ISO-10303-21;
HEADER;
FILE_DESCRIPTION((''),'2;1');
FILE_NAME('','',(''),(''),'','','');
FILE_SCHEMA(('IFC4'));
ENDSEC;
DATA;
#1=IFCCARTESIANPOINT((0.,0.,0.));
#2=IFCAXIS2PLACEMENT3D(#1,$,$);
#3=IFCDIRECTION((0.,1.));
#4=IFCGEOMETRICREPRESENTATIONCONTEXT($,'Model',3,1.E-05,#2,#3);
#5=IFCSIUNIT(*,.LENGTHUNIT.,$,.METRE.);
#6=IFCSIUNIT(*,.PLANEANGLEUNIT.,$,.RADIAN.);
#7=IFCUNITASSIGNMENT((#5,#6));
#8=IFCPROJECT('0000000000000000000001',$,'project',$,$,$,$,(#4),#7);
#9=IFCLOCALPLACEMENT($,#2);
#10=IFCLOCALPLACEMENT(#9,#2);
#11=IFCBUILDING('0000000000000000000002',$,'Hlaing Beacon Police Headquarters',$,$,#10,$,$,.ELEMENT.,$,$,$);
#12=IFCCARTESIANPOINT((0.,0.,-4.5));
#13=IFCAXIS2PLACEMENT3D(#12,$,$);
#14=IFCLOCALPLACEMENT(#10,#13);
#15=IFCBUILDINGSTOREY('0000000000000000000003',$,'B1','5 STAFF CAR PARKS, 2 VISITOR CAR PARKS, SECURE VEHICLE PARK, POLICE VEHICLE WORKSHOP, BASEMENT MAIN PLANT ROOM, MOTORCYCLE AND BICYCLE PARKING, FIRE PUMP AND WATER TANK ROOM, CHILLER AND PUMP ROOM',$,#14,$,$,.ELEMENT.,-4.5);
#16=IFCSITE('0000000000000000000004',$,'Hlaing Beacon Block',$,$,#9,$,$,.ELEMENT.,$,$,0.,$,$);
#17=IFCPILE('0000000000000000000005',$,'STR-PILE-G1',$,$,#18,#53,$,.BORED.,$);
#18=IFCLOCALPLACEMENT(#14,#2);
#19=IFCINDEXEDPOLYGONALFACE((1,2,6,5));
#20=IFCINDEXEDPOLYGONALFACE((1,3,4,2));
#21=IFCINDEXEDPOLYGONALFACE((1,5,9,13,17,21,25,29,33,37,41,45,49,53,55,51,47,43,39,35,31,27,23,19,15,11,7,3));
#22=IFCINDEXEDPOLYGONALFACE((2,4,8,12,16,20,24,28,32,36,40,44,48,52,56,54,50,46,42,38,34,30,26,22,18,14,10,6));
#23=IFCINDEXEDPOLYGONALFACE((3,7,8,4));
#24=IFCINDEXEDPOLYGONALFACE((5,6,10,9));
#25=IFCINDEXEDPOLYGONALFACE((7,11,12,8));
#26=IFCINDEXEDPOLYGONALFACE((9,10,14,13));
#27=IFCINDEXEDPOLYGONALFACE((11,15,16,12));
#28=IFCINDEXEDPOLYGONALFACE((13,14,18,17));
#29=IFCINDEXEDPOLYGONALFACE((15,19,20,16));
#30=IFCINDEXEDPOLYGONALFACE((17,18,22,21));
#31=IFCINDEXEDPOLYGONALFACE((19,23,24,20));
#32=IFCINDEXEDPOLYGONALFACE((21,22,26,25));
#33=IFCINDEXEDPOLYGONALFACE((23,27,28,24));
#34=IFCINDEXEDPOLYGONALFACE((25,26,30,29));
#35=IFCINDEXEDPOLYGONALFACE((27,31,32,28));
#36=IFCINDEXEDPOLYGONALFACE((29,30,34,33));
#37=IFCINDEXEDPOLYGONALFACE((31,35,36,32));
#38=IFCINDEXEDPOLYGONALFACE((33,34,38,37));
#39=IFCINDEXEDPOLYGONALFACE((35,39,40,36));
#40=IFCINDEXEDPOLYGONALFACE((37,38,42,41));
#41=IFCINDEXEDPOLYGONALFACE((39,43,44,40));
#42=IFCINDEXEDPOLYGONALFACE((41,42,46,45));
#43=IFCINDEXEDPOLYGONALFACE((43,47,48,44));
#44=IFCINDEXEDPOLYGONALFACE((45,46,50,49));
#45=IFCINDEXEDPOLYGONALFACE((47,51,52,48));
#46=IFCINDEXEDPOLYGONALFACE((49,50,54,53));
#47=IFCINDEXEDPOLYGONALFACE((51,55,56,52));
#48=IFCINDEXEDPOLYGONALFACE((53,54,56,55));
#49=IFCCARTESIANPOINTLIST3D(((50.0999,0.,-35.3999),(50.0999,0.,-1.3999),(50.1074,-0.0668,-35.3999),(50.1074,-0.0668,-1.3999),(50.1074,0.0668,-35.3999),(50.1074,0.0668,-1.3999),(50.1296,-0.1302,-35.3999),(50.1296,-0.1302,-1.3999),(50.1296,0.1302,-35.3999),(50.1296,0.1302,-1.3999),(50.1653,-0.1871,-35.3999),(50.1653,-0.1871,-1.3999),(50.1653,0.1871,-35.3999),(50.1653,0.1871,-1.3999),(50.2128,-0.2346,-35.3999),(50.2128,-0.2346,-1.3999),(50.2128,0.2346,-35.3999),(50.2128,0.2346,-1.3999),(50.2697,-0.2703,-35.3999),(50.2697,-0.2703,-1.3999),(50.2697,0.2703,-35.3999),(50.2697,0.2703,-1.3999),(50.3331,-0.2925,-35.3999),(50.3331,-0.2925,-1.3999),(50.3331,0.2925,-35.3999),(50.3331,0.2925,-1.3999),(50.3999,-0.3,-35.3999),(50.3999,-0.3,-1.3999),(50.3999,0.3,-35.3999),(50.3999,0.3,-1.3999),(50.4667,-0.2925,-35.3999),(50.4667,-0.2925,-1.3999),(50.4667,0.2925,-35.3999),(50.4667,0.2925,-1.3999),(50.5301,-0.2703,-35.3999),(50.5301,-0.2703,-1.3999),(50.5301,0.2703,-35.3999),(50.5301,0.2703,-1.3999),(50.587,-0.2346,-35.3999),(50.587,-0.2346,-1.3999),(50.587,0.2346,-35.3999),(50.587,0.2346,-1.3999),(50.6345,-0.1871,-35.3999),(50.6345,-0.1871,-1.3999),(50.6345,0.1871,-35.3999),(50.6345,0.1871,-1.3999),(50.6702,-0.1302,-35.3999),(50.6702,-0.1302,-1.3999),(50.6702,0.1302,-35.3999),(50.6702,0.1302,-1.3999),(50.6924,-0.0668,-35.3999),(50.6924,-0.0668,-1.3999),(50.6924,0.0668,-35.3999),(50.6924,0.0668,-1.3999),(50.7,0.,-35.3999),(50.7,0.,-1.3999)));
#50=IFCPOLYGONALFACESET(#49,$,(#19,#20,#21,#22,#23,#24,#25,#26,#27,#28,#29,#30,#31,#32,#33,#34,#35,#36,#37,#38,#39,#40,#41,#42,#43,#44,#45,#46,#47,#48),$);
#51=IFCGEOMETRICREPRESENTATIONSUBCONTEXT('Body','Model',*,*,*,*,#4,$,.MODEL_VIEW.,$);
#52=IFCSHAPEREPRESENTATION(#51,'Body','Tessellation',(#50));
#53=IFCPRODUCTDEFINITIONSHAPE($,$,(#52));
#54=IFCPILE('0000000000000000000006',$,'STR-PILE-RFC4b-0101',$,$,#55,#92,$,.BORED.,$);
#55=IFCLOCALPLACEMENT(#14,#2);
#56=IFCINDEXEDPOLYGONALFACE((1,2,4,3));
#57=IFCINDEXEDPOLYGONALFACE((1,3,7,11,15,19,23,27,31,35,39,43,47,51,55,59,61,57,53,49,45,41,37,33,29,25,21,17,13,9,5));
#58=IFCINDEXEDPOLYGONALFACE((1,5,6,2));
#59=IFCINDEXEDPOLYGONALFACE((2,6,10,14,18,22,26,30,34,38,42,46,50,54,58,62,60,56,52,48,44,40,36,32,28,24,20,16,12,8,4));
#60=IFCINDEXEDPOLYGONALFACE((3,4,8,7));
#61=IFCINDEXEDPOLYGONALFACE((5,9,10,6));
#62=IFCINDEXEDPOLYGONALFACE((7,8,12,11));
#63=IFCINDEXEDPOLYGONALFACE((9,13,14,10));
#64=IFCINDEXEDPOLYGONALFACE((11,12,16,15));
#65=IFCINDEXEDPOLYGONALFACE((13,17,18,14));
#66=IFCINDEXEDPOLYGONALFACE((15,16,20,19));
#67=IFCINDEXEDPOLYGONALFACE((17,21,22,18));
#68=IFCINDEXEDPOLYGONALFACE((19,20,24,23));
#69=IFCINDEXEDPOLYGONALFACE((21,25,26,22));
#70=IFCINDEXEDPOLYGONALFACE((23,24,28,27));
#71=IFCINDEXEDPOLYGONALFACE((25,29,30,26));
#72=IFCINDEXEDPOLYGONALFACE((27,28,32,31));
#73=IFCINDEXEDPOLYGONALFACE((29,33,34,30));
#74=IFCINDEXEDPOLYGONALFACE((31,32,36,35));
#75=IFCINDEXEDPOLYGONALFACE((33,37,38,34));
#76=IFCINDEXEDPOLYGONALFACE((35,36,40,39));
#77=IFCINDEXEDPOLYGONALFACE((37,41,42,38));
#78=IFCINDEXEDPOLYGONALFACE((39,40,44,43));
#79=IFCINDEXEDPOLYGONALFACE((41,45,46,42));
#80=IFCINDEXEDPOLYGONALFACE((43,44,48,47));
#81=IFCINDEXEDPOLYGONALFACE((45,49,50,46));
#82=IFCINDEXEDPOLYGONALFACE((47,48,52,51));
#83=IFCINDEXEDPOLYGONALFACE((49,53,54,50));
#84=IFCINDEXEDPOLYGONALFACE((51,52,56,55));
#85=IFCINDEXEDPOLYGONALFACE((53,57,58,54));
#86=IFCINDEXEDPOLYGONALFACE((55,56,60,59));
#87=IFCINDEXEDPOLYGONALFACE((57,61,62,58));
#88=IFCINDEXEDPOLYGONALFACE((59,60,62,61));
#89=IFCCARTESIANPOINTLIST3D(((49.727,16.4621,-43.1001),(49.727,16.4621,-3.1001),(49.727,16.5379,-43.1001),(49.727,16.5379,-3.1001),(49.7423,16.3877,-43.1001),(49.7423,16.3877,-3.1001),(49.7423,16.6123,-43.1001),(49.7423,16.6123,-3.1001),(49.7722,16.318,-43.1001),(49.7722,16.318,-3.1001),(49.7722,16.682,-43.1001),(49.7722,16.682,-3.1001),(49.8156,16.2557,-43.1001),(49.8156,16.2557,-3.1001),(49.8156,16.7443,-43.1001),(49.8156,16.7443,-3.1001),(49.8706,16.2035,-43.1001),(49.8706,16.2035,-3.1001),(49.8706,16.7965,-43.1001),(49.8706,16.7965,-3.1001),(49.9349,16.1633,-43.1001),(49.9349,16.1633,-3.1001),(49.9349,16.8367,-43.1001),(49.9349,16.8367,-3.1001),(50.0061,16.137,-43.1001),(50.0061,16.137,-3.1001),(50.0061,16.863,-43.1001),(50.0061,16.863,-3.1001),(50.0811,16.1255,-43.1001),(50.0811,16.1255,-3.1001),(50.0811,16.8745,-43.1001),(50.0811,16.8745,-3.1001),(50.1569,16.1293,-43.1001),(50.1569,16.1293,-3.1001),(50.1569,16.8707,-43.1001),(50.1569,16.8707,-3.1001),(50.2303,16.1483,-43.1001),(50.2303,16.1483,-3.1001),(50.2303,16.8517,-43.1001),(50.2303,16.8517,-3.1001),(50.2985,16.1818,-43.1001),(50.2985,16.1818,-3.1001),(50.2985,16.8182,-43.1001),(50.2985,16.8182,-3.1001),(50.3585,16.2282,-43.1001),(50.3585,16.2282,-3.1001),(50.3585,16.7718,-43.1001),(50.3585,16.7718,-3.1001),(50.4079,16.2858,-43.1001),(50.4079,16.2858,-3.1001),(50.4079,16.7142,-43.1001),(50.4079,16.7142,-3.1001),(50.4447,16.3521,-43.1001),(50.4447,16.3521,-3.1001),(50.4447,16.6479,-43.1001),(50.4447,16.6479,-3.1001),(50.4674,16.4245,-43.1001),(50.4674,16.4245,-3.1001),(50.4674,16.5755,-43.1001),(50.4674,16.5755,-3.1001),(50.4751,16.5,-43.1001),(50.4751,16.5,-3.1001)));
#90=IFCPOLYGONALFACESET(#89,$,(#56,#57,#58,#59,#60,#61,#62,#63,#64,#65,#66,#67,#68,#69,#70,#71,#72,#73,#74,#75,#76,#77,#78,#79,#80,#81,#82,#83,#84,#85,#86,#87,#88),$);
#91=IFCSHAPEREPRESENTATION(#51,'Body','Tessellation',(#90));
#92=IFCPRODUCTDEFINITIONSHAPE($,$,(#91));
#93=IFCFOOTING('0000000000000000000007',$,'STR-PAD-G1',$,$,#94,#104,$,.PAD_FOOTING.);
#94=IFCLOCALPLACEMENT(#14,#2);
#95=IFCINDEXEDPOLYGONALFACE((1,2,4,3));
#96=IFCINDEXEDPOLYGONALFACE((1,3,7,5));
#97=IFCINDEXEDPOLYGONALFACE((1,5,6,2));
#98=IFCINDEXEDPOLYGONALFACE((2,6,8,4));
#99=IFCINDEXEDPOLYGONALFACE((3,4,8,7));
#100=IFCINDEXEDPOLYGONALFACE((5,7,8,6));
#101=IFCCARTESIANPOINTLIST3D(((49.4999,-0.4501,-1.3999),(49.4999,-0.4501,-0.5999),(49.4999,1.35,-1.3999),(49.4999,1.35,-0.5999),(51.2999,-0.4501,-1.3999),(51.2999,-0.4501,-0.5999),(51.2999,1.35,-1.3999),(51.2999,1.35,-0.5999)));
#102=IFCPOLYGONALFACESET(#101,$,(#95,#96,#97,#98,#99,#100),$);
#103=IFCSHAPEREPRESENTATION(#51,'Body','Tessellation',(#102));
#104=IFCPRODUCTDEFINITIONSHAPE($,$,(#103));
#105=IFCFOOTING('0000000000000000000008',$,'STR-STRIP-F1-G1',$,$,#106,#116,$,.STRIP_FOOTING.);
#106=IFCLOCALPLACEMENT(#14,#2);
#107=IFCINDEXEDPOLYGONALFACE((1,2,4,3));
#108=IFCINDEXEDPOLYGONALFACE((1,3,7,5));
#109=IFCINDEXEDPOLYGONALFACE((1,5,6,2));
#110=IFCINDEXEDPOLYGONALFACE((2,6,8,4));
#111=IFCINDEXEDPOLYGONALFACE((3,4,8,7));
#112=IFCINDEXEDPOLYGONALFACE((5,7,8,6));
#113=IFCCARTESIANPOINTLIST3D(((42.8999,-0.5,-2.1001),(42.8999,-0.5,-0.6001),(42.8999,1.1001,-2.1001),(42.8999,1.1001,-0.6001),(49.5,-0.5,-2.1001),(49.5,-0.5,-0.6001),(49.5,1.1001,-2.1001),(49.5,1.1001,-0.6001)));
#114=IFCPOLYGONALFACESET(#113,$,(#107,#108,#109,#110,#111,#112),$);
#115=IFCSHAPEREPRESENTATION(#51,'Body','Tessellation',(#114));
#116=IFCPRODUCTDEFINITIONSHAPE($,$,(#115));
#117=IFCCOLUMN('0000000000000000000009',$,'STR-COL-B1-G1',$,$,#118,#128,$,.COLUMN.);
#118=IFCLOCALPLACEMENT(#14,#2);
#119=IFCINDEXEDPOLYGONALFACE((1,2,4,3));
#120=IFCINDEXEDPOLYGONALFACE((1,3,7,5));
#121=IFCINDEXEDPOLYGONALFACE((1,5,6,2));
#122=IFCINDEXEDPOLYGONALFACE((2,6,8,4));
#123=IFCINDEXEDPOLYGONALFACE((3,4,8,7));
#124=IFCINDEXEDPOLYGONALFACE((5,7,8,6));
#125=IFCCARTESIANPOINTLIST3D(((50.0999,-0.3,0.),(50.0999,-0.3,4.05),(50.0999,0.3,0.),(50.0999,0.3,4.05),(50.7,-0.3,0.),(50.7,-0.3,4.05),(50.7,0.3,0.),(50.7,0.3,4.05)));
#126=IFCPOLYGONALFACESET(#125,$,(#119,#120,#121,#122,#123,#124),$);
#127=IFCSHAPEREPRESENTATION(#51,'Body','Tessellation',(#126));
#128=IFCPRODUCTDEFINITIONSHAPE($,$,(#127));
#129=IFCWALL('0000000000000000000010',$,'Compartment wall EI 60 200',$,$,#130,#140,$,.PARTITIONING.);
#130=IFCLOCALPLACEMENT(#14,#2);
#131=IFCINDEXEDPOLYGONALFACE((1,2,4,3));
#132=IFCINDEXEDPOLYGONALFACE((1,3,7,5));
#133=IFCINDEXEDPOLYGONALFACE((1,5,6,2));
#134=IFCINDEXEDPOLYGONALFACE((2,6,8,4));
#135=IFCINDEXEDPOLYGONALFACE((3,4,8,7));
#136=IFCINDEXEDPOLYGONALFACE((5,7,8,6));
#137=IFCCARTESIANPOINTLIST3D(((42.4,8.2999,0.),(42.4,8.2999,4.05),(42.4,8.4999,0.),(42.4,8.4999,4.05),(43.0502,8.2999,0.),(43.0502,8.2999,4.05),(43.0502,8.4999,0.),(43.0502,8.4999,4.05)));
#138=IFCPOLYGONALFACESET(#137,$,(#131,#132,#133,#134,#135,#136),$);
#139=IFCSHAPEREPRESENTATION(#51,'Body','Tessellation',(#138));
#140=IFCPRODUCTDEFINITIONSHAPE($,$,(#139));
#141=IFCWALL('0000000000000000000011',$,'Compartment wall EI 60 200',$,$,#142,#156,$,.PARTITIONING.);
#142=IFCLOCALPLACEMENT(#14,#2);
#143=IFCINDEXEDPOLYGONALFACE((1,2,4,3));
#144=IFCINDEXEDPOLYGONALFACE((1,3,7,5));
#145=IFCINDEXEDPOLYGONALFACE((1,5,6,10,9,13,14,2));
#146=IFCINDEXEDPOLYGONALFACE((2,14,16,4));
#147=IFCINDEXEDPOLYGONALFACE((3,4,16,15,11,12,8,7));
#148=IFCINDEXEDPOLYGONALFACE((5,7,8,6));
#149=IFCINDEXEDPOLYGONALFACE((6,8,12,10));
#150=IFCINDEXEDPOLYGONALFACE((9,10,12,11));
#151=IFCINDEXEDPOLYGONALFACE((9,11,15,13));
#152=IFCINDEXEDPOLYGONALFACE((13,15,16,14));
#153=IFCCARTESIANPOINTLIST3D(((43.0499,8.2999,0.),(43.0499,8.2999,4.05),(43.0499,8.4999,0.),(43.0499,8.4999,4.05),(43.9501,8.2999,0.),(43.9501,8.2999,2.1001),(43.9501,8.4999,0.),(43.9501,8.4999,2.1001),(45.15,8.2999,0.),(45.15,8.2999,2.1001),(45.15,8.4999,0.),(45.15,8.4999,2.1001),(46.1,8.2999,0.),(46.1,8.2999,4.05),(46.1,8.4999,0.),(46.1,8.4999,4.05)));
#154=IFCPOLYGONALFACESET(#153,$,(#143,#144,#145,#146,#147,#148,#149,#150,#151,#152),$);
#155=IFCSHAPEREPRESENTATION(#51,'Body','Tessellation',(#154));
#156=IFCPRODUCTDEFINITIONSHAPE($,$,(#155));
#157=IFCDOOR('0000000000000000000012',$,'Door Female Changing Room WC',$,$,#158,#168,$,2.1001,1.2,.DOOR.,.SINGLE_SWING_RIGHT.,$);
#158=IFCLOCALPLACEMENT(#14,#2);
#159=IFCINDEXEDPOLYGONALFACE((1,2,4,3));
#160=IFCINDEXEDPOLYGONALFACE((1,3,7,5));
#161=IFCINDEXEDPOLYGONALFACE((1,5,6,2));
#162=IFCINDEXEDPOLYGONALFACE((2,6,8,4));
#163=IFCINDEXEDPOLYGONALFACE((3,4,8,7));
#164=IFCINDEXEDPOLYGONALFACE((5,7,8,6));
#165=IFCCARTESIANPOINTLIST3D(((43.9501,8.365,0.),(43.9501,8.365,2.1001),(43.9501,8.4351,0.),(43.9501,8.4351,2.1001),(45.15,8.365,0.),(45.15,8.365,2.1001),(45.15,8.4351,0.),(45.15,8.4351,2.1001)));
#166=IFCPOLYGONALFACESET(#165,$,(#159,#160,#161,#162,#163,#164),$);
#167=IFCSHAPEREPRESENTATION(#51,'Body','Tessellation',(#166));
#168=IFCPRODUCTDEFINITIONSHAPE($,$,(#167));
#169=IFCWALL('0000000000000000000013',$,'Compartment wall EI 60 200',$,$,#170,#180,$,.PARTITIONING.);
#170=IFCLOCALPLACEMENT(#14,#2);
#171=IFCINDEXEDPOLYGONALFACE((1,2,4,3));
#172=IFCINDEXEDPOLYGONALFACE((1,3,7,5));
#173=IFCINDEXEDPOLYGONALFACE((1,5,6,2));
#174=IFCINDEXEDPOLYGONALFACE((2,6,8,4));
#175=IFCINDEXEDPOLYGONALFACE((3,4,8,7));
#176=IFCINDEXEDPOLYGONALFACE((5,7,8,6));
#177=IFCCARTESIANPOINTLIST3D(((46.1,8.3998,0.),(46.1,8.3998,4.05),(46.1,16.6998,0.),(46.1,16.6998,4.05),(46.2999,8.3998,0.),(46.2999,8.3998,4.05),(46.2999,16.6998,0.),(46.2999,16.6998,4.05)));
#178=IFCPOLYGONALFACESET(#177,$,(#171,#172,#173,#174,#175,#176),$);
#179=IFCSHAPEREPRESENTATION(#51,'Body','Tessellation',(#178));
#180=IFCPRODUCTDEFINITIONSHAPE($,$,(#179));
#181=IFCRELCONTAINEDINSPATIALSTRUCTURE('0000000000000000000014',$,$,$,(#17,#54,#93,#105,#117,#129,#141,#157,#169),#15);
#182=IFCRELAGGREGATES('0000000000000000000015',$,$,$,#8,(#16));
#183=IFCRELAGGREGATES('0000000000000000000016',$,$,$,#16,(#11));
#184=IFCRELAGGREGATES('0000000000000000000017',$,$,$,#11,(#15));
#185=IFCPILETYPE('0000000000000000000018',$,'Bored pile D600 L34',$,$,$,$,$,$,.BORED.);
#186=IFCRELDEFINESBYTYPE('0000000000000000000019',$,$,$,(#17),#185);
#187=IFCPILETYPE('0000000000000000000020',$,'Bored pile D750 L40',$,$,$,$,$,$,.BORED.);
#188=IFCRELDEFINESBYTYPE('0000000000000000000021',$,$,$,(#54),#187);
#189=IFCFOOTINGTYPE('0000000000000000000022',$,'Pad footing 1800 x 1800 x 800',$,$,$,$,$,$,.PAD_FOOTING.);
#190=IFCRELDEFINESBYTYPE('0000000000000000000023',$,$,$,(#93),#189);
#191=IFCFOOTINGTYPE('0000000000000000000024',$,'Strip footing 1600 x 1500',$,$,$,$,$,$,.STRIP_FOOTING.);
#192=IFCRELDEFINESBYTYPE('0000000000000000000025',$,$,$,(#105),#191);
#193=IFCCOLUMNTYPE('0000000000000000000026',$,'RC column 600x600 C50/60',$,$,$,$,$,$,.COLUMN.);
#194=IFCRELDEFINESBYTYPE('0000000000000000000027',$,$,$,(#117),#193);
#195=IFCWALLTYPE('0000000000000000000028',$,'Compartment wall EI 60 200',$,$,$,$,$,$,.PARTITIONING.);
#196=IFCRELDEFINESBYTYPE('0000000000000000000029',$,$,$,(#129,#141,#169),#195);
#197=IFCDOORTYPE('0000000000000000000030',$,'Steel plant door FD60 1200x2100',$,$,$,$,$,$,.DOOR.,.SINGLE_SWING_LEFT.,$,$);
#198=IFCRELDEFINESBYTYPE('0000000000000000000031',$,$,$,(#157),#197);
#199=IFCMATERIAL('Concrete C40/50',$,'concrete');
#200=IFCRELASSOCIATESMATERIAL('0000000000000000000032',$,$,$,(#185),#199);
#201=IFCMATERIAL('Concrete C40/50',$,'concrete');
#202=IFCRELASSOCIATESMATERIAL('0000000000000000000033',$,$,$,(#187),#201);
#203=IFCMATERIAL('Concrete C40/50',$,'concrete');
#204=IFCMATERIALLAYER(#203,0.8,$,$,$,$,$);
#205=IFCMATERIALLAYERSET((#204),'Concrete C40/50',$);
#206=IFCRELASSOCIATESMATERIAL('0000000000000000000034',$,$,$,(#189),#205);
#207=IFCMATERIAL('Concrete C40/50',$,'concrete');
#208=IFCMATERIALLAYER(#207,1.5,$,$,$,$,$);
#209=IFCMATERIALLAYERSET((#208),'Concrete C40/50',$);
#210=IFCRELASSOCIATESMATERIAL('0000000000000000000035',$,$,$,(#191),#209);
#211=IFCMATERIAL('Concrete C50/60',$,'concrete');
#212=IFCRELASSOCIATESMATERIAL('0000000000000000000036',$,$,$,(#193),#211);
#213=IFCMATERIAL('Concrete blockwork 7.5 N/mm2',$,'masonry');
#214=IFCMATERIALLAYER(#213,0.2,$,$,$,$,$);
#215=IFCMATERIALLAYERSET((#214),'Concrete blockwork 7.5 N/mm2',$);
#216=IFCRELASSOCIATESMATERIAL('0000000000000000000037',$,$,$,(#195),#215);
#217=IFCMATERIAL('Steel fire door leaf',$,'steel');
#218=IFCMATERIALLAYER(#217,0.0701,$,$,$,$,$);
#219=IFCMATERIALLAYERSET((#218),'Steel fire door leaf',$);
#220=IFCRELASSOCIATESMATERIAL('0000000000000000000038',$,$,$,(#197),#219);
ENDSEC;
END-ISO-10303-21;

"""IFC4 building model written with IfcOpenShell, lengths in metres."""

from ifc_helpers import new_model, si_unit, direction, frame, frame_2d, origin, origin_2d, place, context, subcontext, project, spatial, rectangle, circle, extrude, material, layer, layer_set, material_profile, profile_set, type_object, element, fill, save


model = new_model("IFC4")

# Units and contexts
model_context = context("Model", 3, precision=1e-05, world=origin(), true_north=direction((0.0, 1.0)))
body_context = subcontext(model_context, "Body", "Model", "MODEL_VIEW")
ifc_project = project(units=[si_unit("LENGTHUNIT", "METRE"), si_unit("PLANEANGLEUNIT", "RADIAN")], contexts=[model_context])

# Site, building, storey
site_placement = place(None, origin())
site = spatial("IfcSite", under=ifc_project, at=site_placement, Name="Hlaing Beacon Block", CompositionType="ELEMENT", RefElevation=0.0)
building_placement = place(site_placement, origin())
building = spatial("IfcBuilding", under=site, at=building_placement, Name="Hlaing Beacon Police Headquarters", CompositionType="ELEMENT")
storey_placement = place(building_placement, frame((0.0, 0.0, -4.5)))
storey = spatial("IfcBuildingStorey", under=building, at=storey_placement, Name="B1", Description="5 STAFF CAR PARKS, 2 VISITOR CAR PARKS, SECURE VEHICLE PARK, POLICE VEHICLE WORKSHOP, BASEMENT MAIN PLANT ROOM, MOTORCYCLE AND BICYCLE PARKING, FIRE PUMP AND WATER TANK ROOM, CHILLER AND PUMP ROOM", CompositionType="ELEMENT", Elevation=-4.5)

# Piles
ifc_material_1 = material(Name="Concrete C40/50", Category="concrete")
ifc_material_profile_1 = material_profile(ifc_material_1, circle(Radius=0.3, at=origin_2d()), Name="D600")
ifc_profile_set_1 = profile_set([ifc_material_profile_1], Name="Concrete C40/50")
pile_type_1 = type_object("IfcPileType", Name="Bored pile D600 L34", PredefinedType="BORED", material=ifc_profile_set_1)
pile_1_placement = place(storey_placement, frame((50.3999, 0.0, -1.3999), z_axis=(0.0, 0.0, -1.0), x_axis=(1.0, 0.0, 0.0)))
element("IfcPile", 1, at=pile_1_placement, inside=storey, type_object=pile_type_1, Name="STR-PILE-G1", PredefinedType="BORED", context=body_context, shape_type="SweptSolid", body=[
    extrude(circle(Radius=0.3, at=origin_2d()), origin(), (0.0, 0.0, 1.0), 34.0),
])
ifc_material_2 = material(Name="Concrete C40/50", Category="concrete")
ifc_material_profile_2 = material_profile(ifc_material_2, circle(Radius=0.375, at=origin_2d()), Name="D750")
ifc_profile_set_2 = profile_set([ifc_material_profile_2], Name="Concrete C40/50")
pile_type_2 = type_object("IfcPileType", Name="Bored pile D750 L40", PredefinedType="BORED", material=ifc_profile_set_2)
pile_2_placement = place(storey_placement, frame((50.1001, 16.5, -3.1001), z_axis=(0.0, 0.0, -1.0), x_axis=(1.0, 0.0, 0.0)))
element("IfcPile", 2, at=pile_2_placement, inside=storey, type_object=pile_type_2, Name="STR-PILE-RFC4b-0101", PredefinedType="BORED", context=body_context, shape_type="SweptSolid", body=[
    extrude(circle(Radius=0.375, at=origin_2d()), origin(), (0.0, 0.0, 1.0), 40.0),
])

# Footings
ifc_material_3 = material(Name="Concrete C40/50", Category="concrete")
ifc_layer_1 = layer(ifc_material_3, 0.8)
ifc_layer_set_1 = layer_set([ifc_layer_1], Name="Concrete C40/50")
footing_type_1 = type_object("IfcFootingType", Name="Pad footing 1800 x 1800 x 800", PredefinedType="PAD_FOOTING", material=ifc_layer_set_1)
footing_1_placement = place(storey_placement, frame((50.3999, 0.45, -1.3999), z_axis=(0.0, 0.0, 1.0), x_axis=(1.0, 0.0, 0.0)))
element("IfcFooting", 3, at=footing_1_placement, inside=storey, type_object=footing_type_1, Name="STR-PAD-G1", PredefinedType="PAD_FOOTING", context=body_context, shape_type="SweptSolid", body=[
    extrude(rectangle(XDim=1.8, YDim=1.8, at=origin_2d()), origin(), (0.0, 0.0, 1.0), 0.8),
])
ifc_material_4 = material(Name="Concrete C40/50", Category="concrete")
ifc_layer_2 = layer(ifc_material_4, 1.5)
ifc_layer_set_2 = layer_set([ifc_layer_2], Name="Concrete C40/50")
footing_type_2 = type_object("IfcFootingType", Name="Strip footing 1600 x 1500", PredefinedType="STRIP_FOOTING", material=ifc_layer_set_2)
footing_2_placement = place(storey_placement, frame((46.2, 0.3, -2.1001), z_axis=(0.0, 0.0, 1.0), x_axis=(1.0, 0.0, 0.0)))
element("IfcFooting", 4, at=footing_2_placement, inside=storey, type_object=footing_type_2, Name="STR-STRIP-F1-G1", PredefinedType="STRIP_FOOTING", context=body_context, shape_type="SweptSolid", body=[
    extrude(rectangle(XDim=6.6001, YDim=1.6001, at=origin_2d()), origin(), (0.0, 0.0, 1.0), 1.5),
])

# Column
ifc_material_5 = material(Name="Concrete C50/60", Category="concrete")
ifc_material_profile_3 = material_profile(ifc_material_5, rectangle(XDim=0.6001, YDim=0.6001, at=origin_2d()), Name="600x600")
ifc_profile_set_3 = profile_set([ifc_material_profile_3], Name="Concrete C50/60")
column_type = type_object("IfcColumnType", Name="RC column 600x600 C50/60", PredefinedType="COLUMN", material=ifc_profile_set_3)
column_placement = place(storey_placement, frame((50.3999, 0.0, 0.0), z_axis=(0.0, 0.0, 1.0), x_axis=(1.0, 0.0, 0.0)))
element("IfcColumn", 5, at=column_placement, inside=storey, type_object=column_type, Name="STR-COL-B1-G1", PredefinedType="COLUMN", context=body_context, shape_type="SweptSolid", body=[
    extrude(rectangle(XDim=0.6001, YDim=0.6001, at=origin_2d()), origin(), (0.0, 0.0, 1.0), 4.05),
])

# Wall
ifc_material_6 = material(Name="Concrete blockwork 7.5 N/mm2", Category="masonry")
ifc_layer_3 = layer(ifc_material_6, 0.2)
ifc_layer_set_3 = layer_set([ifc_layer_3], Name="Concrete blockwork 7.5 N/mm2")
wall_type_1 = type_object("IfcWallType", Name="Compartment wall EI 60 200", PredefinedType="PARTITIONING", material=ifc_layer_set_3)
wall_1_placement = place(storey_placement, frame((42.3999, 8.3999, 0.0), z_axis=(0.0, 0.0, 1.0), x_axis=(1.0, 0.0, 0.0)))
element("IfcWall", 6, at=wall_1_placement, inside=storey, type_object=wall_type_1, Name="Compartment wall EI 60 200", PredefinedType="PARTITIONING", context=body_context, shape_type="SweptSolid", body=[
    extrude(rectangle(XDim=0.6501, YDim=0.2, at=frame_2d((0.3252, 0.0))), origin(), (0.0, 0.0, 1.0), 4.05),
])

# Wall, opening, door
wall_2_placement = place(storey_placement, frame((43.05, 8.3999, 0.0), z_axis=(0.0, 0.0, 1.0), x_axis=(1.0, 0.0, 0.0)))
wall_2 = element("IfcWall", 7, at=wall_2_placement, inside=storey, type_object=wall_type_1, Name="Compartment wall EI 60 200", PredefinedType="PARTITIONING", context=body_context, shape_type="SweptSolid", body=[
    extrude(rectangle(XDim=3.05, YDim=0.2, at=frame_2d((1.5249, 0.0))), origin(), (0.0, 0.0, 1.0), 4.05),
])
opening_placement = place(wall_2_placement, frame((0.8999, 0.0, 0.0)))
opening = element("IfcOpeningElement", 8, at=opening_placement, cuts=wall_2, PredefinedType="OPENING", context=body_context, shape_type="SweptSolid", body=[
    extrude(rectangle(XDim=1.2, YDim=2.1001, at=frame_2d((0.6001, 1.05))), frame((0.0, 0.1099, 0.0), z_axis=(0.0, -1.0, 0.0), x_axis=(1.0, 0.0, 0.0)), (0.0, 0.0, 1.0), 0.22),
])
ifc_material_7 = material(Name="Steel fire door leaf", Category="steel")
ifc_layer_4 = layer(ifc_material_7, 0.0701)
ifc_layer_set_4 = layer_set([ifc_layer_4], Name="Steel fire door leaf")
door_type = type_object("IfcDoorType", Name="Steel plant door FD60 1200x2100", OperationType="SINGLE_SWING_LEFT", PredefinedType="DOOR", material=ifc_layer_set_4)
door_placement = place(opening_placement, frame((1.2, 0.0, 0.0), z_axis=(0.0, 0.0, 1.0), x_axis=(-1.0, 0.0, 0.0)))
door = element("IfcDoor", 9, at=door_placement, inside=storey, type_object=door_type, Name="Door Female Changing Room WC", OperationType="SINGLE_SWING_RIGHT", OverallHeight=2.1001, OverallWidth=1.2, PredefinedType="DOOR", context=body_context, shape_type="SweptSolid", body=[
    extrude(rectangle(XDim=1.2, YDim=2.1001, at=frame_2d((0.5999, 1.05))), frame((0.0, 0.0349, 0.0), z_axis=(0.0, -1.0, 0.0), x_axis=(1.0, 0.0, 0.0)), (0.0, 0.0, 1.0), 0.0701),
])
fill(opening, door)

# Wall
wall_3_placement = place(storey_placement, frame((46.2, 8.3999, 0.0), z_axis=(0.0, 0.0, 1.0), x_axis=(0.0, 1.0, 0.0)))
element("IfcWall", 10, at=wall_3_placement, inside=storey, type_object=wall_type_1, Name="Compartment wall EI 60 200", PredefinedType="PARTITIONING", context=body_context, shape_type="SweptSolid", body=[
    extrude(rectangle(XDim=8.3, YDim=0.2, at=frame_2d((4.1499, 0.0))), origin(), (0.0, 0.0, 1.0), 4.05),
])

save(model, "model.ifc")
